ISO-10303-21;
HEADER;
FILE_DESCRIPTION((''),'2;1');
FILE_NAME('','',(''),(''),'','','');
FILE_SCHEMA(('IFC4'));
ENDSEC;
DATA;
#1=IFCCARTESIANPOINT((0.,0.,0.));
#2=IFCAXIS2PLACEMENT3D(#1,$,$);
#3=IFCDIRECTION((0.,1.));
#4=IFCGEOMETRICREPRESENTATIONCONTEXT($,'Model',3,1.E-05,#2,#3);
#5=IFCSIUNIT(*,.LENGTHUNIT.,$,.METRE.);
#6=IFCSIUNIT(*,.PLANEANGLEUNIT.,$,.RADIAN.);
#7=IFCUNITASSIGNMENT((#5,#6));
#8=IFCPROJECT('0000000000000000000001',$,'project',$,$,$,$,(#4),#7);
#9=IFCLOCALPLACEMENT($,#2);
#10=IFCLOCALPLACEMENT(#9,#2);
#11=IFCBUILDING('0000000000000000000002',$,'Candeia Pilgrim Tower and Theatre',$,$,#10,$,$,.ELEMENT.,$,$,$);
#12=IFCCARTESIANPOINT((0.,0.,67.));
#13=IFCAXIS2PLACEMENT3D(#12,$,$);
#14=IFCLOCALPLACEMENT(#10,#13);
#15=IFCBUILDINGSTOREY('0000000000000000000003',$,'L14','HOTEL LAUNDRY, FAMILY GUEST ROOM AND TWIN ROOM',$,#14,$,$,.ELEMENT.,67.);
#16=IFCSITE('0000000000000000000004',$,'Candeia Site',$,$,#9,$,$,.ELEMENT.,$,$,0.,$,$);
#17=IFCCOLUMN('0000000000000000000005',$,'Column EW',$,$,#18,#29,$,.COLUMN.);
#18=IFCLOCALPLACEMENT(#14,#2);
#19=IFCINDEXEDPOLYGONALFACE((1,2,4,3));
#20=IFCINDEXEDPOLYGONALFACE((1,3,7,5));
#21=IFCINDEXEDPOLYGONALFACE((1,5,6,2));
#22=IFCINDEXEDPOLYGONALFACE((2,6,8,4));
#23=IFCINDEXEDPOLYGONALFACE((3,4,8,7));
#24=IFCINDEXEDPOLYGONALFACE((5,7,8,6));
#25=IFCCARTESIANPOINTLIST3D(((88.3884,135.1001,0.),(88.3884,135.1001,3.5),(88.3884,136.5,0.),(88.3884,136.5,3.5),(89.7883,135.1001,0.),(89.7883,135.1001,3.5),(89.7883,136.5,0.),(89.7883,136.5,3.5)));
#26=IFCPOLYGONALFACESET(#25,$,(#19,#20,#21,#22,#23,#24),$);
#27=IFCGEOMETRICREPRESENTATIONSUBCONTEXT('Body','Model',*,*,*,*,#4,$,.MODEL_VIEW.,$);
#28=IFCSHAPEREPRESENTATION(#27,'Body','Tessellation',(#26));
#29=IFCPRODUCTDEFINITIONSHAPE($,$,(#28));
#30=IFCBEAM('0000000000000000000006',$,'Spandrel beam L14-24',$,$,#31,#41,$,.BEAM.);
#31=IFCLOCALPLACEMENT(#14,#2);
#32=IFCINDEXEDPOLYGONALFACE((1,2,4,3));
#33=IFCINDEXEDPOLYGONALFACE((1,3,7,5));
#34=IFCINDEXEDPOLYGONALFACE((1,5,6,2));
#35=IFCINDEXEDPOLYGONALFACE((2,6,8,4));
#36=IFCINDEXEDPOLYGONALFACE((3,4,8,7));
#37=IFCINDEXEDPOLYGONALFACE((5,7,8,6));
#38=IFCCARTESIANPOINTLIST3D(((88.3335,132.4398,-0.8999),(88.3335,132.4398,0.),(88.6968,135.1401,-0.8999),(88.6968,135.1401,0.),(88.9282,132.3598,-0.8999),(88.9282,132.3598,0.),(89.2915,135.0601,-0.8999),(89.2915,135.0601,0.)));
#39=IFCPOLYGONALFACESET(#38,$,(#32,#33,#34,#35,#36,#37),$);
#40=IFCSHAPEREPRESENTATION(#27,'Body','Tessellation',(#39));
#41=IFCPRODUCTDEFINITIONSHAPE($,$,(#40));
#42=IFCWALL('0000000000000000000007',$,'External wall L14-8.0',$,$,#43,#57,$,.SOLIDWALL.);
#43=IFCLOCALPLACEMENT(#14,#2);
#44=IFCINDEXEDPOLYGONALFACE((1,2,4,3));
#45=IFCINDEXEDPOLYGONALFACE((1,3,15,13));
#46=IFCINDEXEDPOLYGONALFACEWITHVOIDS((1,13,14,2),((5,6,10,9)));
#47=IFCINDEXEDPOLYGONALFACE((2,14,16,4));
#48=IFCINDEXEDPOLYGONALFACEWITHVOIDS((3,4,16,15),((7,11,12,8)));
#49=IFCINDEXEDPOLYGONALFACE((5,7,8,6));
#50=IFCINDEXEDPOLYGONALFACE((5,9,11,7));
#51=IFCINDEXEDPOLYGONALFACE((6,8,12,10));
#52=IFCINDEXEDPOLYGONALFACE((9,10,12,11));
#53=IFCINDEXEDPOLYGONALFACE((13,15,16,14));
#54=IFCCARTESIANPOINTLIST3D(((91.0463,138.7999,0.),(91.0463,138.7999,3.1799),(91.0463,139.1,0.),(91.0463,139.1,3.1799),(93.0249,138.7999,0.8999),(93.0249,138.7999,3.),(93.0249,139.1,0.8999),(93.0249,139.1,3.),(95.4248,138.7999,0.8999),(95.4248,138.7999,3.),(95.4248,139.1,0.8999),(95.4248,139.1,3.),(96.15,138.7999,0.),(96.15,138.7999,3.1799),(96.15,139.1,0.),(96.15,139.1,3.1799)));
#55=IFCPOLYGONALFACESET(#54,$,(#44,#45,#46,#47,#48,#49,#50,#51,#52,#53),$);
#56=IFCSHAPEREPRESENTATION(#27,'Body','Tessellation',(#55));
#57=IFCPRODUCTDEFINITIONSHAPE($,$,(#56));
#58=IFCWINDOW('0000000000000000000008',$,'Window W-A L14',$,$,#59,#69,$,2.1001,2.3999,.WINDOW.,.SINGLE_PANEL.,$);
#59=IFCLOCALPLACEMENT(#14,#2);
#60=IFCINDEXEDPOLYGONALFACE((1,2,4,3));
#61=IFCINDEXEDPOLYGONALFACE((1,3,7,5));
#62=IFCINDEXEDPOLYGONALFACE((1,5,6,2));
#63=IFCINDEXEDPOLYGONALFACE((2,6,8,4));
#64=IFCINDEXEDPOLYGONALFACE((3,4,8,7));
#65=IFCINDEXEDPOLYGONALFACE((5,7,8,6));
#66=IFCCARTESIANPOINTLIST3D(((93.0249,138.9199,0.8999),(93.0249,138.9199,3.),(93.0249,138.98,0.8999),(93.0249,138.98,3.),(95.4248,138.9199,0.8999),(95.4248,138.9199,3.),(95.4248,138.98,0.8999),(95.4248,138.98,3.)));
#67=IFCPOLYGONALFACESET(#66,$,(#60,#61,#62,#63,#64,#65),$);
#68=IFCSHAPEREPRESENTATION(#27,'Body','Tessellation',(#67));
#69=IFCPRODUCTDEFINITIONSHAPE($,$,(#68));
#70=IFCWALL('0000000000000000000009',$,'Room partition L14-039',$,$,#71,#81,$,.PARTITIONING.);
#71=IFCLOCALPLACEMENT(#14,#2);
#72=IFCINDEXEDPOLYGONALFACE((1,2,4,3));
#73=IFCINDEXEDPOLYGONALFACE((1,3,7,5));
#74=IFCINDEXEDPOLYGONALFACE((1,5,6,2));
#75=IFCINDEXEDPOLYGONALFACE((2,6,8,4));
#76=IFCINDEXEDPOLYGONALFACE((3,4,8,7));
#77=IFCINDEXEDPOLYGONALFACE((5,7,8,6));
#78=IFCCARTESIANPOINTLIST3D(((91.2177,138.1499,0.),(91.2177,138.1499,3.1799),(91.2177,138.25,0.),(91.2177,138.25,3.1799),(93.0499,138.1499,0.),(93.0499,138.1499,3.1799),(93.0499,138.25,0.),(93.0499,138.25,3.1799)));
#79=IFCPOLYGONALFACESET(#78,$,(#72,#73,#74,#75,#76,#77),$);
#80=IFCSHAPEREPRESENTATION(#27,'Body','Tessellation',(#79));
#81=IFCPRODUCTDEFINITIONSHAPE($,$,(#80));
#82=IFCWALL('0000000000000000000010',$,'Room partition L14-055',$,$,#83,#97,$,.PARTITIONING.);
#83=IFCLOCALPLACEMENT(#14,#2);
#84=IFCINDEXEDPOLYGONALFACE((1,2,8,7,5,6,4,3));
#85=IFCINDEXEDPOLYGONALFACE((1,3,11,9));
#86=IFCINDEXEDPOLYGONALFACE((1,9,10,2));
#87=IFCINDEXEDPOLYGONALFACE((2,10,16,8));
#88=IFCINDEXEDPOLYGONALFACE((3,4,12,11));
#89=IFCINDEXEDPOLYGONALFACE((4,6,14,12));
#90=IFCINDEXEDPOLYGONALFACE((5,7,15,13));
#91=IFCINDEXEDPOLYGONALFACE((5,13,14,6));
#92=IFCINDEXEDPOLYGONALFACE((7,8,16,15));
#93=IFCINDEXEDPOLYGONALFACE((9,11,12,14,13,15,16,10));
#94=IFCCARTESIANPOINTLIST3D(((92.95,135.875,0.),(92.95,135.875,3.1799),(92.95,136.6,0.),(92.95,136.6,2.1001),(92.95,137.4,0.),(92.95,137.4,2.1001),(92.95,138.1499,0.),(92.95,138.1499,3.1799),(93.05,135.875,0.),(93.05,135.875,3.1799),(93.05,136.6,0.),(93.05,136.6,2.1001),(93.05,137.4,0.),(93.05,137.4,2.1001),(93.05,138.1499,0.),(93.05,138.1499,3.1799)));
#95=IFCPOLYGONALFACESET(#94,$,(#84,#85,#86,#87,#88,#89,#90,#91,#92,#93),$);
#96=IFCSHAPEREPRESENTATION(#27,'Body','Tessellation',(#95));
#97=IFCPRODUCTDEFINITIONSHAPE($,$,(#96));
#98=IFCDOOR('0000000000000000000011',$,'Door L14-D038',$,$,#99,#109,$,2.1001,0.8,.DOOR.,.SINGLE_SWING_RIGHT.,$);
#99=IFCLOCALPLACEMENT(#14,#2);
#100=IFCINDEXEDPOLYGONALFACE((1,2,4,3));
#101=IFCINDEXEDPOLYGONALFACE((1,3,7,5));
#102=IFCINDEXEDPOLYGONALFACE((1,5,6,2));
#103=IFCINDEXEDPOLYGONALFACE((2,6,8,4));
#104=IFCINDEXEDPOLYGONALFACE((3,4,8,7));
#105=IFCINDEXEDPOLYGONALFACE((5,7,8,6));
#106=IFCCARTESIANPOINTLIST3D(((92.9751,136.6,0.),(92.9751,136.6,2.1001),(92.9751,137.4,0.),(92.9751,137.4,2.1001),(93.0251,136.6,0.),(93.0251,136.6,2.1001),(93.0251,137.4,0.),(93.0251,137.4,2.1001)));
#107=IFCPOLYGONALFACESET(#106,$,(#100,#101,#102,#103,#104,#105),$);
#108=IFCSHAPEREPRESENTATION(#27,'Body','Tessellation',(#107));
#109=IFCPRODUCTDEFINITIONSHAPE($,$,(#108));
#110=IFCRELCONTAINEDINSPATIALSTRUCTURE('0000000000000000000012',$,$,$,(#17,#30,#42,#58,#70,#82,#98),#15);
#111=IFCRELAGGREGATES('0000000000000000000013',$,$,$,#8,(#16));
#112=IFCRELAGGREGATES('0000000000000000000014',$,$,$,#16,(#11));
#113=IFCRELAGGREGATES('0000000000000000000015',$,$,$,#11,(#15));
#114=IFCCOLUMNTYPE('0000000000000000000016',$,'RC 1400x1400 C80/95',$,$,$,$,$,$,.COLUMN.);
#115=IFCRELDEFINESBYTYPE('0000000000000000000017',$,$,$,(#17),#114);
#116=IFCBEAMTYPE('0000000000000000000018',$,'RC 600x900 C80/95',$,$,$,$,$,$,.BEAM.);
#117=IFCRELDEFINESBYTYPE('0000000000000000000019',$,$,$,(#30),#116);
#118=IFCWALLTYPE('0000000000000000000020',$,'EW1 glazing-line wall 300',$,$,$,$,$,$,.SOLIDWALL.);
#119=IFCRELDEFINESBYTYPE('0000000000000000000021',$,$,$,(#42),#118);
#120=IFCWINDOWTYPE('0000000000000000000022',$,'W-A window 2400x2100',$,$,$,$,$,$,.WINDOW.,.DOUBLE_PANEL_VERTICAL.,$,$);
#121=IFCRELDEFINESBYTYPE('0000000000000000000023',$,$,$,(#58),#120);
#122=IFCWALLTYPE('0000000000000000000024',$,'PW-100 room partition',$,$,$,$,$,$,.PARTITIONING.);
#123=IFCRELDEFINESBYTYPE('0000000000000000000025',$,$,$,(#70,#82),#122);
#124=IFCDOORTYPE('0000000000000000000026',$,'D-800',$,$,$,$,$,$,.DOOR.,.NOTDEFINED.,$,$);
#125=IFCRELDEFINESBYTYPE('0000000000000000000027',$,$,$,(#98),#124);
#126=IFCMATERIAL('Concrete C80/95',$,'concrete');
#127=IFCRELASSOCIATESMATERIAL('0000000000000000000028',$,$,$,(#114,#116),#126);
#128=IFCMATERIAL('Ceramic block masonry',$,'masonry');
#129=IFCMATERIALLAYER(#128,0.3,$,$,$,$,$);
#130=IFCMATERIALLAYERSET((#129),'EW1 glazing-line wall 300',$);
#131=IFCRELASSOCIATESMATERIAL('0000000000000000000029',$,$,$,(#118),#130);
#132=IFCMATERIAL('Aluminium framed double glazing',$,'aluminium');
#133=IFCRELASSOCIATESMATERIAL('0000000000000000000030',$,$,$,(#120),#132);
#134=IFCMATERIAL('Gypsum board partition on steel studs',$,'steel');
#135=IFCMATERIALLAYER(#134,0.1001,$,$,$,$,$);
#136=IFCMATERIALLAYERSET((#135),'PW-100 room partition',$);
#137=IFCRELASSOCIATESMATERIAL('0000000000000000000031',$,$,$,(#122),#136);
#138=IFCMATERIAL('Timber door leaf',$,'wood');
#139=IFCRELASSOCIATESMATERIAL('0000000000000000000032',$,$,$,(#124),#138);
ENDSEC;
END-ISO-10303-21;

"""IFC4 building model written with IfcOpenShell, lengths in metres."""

from ifc_helpers import new_model, si_unit, direction, frame, frame_2d, origin, origin_2d, place, context, subcontext, project, spatial, rectangle, extrude, material, layer, layer_set, material_profile, profile_set, type_object, element, fill, save


model = new_model("IFC4")

# Units and contexts
model_context = context("Model", 3, precision=1e-05, world=origin(), true_north=direction((0.0, 1.0)))
body_context = subcontext(model_context, "Body", "Model", "MODEL_VIEW")
ifc_project = project(units=[si_unit("LENGTHUNIT", "METRE"), si_unit("PLANEANGLEUNIT", "RADIAN")], contexts=[model_context])

# Site, building, storey
site_placement = place(None, origin())
site = spatial("IfcSite", under=ifc_project, at=site_placement, Name="Candeia Site", CompositionType="ELEMENT", RefElevation=0.0)
building_placement = place(site_placement, origin())
building = spatial("IfcBuilding", under=site, at=building_placement, Name="Candeia Pilgrim Tower and Theatre", CompositionType="ELEMENT")
storey_placement = place(building_placement, frame((0.0, 0.0, 67.0)))
storey = spatial("IfcBuildingStorey", under=building, at=storey_placement, Name="L14", Description="HOTEL LAUNDRY, FAMILY GUEST ROOM AND TWIN ROOM", CompositionType="ELEMENT", Elevation=67.0)

# Column
ifc_material_1 = material(Name="Concrete C80/95", Category="concrete")
ifc_material_profile_1 = material_profile(ifc_material_1, rectangle(XDim=1.3999, YDim=1.3999, at=origin_2d()))
ifc_profile_set_1 = profile_set([ifc_material_profile_1], Name="Concrete C80/95")
column_type = type_object("IfcColumnType", Name="RC 1400x1400 C80/95", PredefinedType="COLUMN", material=ifc_profile_set_1)
column_placement = place(storey_placement, frame((89.0884, 135.8, 0.0), z_axis=(0.0, 0.0, 1.0), x_axis=(1.0, 0.0, 0.0)))
element("IfcColumn", 1, at=column_placement, inside=storey, type_object=column_type, Name="Column EW", PredefinedType="COLUMN", context=body_context, shape_type="SweptSolid", body=[
    extrude(rectangle(XDim=1.3999, YDim=1.3999, at=origin_2d()), origin(), (0.0, 0.0, 1.0), 3.5),
])

# Beam
ifc_material_profile_2 = material_profile(ifc_material_1, rectangle(XDim=0.6001, YDim=0.8999, at=origin_2d()))
ifc_profile_set_2 = profile_set([ifc_material_profile_2], Name="Concrete C80/95")
beam_type = type_object("IfcBeamType", Name="RC 600x900 C80/95", PredefinedType="BEAM", material=ifc_profile_set_2)
beam_placement = place(storey_placement, frame((88.9941, 135.1001, -0.45), z_axis=(-0.133338, -0.991071, 0.0), x_axis=(0.991071, -0.133338, 0.0)))
element("IfcBeam", 2, at=beam_placement, inside=storey, type_object=beam_type, Name="Spandrel beam L14-24", PredefinedType="BEAM", context=body_context, shape_type="SweptSolid", body=[
    extrude(rectangle(XDim=0.6001, YDim=0.8999, at=origin_2d()), origin(), (0.0, 0.0, 1.0), 2.7246),
])

# Wall, opening, window
ifc_material_2 = material(Name="Ceramic block masonry", Category="masonry")
ifc_layer_1 = layer(ifc_material_2, 0.3)
ifc_layer_set_1 = layer_set([ifc_layer_1], Name="EW1 glazing-line wall 300")
wall_type_1 = type_object("IfcWallType", Name="EW1 glazing-line wall 300", PredefinedType="SOLIDWALL", material=ifc_layer_set_1)
wall_1_placement = place(storey_placement, frame((96.1499, 138.95, 0.0), z_axis=(0.0, 0.0, 1.0), x_axis=(-1.0, 0.0, 0.0)))
wall_1 = element("IfcWall", 3, at=wall_1_placement, inside=storey, type_object=wall_type_1, Name="External wall L14-8.0", PredefinedType="SOLIDWALL", context=body_context, shape_type="SweptSolid", body=[
    extrude(rectangle(XDim=5.1038, YDim=0.3, at=frame_2d((2.5518, 0.0))), origin(), (0.0, 0.0, 1.0), 3.1799),
])
opening_1_placement = place(wall_1_placement, frame((0.7251, 0.0, 0.8999)))
opening_1 = element("IfcOpeningElement", 4, at=opening_1_placement, cuts=wall_1, PredefinedType="OPENING", context=body_context, shape_type="SweptSolid", body=[
    extrude(rectangle(XDim=2.3999, YDim=2.1001, at=frame_2d((1.2, 1.05))), frame((0.0, 0.1602, 0.0), z_axis=(0.0, -1.0, 0.0), x_axis=(1.0, 0.0, 0.0)), (0.0, 0.0, 1.0), 0.3201),
])
ifc_material_3 = material(Name="Aluminium framed double glazing", Category="aluminium")
window_type_1 = type_object("IfcWindowType", Name="W-A window 2400x2100", PartitioningType="DOUBLE_PANEL_VERTICAL", PredefinedType="WINDOW", material=ifc_material_3)
window_1_placement = place(opening_1_placement, origin())
window_1 = element("IfcWindow", 5, at=window_1_placement, inside=storey, type_object=window_type_1, Name="Window W-A L14", OverallHeight=2.1001, OverallWidth=2.3999, PartitioningType="SINGLE_PANEL", PredefinedType="WINDOW", context=body_context, shape_type="SweptSolid", body=[
    extrude(rectangle(XDim=2.3999, YDim=2.1001, at=frame_2d((1.2, 1.05))), frame((0.0, 0.03, 0.0), z_axis=(0.0, -1.0, 0.0), x_axis=(1.0, 0.0, 0.0)), (0.0, 0.0, 1.0), 0.0601),
])
fill(opening_1, window_1)

# Wall
ifc_material_4 = material(Name="Gypsum board partition on steel studs", Category="steel")
ifc_layer_2 = layer(ifc_material_4, 0.1001)
ifc_layer_set_2 = layer_set([ifc_layer_2], Name="PW-100 room partition")
wall_type_2 = type_object("IfcWallType", Name="PW-100 room partition", PredefinedType="PARTITIONING", material=ifc_layer_set_2)
wall_2_placement = place(storey_placement, frame((91.2178, 138.2, 0.0), z_axis=(0.0, 0.0, 1.0), x_axis=(1.0, 0.0, 0.0)))
element("IfcWall", 6, at=wall_2_placement, inside=storey, type_object=wall_type_2, Name="Room partition L14-039", PredefinedType="PARTITIONING", context=body_context, shape_type="SweptSolid", body=[
    extrude(rectangle(XDim=1.8323, YDim=0.1001, at=frame_2d((0.916, 0.0))), origin(), (0.0, 0.0, 1.0), 3.1799),
])

# Wall, opening, door
wall_3_placement = place(storey_placement, frame((93.0, 135.875, 0.0), z_axis=(0.0, 0.0, 1.0), x_axis=(0.0, 1.0, 0.0)))
wall_3 = element("IfcWall", 7, at=wall_3_placement, inside=storey, type_object=wall_type_2, Name="Room partition L14-055", PredefinedType="PARTITIONING", context=body_context, shape_type="SweptSolid", body=[
    extrude(rectangle(XDim=2.2749, YDim=0.1001, at=frame_2d((1.1375, 0.0))), origin(), (0.0, 0.0, 1.0), 3.1799),
])
opening_2_placement = place(wall_3_placement, frame((0.7251, 0.0, 0.0)))
opening_2 = element("IfcOpeningElement", 8, at=opening_2_placement, cuts=wall_3, PredefinedType="OPENING", context=body_context, shape_type="SweptSolid", body=[
    extrude(rectangle(XDim=0.8, YDim=2.1001, at=frame_2d((0.3999, 1.05))), frame((0.0, 0.0601, 0.0), z_axis=(0.0, -1.0, 0.0), x_axis=(1.0, 0.0, 0.0)), (0.0, 0.0, 1.0), 0.1201),
])
ifc_material_5 = material(Name="Timber door leaf", Category="wood")
door_type_1 = type_object("IfcDoorType", Name="D-800", OperationType="NOTDEFINED", PredefinedType="DOOR", material=ifc_material_5)
door_1_placement = place(opening_2_placement, origin())
door_1 = element("IfcDoor", 9, at=door_1_placement, inside=storey, type_object=door_type_1, Name="Door L14-D038", OperationType="SINGLE_SWING_RIGHT", OverallHeight=2.1001, OverallWidth=0.8, PredefinedType="DOOR", context=body_context, shape_type="SweptSolid", body=[
    extrude(rectangle(XDim=0.8, YDim=2.1001, at=frame_2d((0.3999, 1.05))), frame((0.0, 0.0249, 0.0), z_axis=(0.0, -1.0, 0.0), x_axis=(1.0, 0.0, 0.0)), (0.0, 0.0, 1.0), 0.05),
])
fill(opening_2, door_1)

save(model, "model.ifc")
